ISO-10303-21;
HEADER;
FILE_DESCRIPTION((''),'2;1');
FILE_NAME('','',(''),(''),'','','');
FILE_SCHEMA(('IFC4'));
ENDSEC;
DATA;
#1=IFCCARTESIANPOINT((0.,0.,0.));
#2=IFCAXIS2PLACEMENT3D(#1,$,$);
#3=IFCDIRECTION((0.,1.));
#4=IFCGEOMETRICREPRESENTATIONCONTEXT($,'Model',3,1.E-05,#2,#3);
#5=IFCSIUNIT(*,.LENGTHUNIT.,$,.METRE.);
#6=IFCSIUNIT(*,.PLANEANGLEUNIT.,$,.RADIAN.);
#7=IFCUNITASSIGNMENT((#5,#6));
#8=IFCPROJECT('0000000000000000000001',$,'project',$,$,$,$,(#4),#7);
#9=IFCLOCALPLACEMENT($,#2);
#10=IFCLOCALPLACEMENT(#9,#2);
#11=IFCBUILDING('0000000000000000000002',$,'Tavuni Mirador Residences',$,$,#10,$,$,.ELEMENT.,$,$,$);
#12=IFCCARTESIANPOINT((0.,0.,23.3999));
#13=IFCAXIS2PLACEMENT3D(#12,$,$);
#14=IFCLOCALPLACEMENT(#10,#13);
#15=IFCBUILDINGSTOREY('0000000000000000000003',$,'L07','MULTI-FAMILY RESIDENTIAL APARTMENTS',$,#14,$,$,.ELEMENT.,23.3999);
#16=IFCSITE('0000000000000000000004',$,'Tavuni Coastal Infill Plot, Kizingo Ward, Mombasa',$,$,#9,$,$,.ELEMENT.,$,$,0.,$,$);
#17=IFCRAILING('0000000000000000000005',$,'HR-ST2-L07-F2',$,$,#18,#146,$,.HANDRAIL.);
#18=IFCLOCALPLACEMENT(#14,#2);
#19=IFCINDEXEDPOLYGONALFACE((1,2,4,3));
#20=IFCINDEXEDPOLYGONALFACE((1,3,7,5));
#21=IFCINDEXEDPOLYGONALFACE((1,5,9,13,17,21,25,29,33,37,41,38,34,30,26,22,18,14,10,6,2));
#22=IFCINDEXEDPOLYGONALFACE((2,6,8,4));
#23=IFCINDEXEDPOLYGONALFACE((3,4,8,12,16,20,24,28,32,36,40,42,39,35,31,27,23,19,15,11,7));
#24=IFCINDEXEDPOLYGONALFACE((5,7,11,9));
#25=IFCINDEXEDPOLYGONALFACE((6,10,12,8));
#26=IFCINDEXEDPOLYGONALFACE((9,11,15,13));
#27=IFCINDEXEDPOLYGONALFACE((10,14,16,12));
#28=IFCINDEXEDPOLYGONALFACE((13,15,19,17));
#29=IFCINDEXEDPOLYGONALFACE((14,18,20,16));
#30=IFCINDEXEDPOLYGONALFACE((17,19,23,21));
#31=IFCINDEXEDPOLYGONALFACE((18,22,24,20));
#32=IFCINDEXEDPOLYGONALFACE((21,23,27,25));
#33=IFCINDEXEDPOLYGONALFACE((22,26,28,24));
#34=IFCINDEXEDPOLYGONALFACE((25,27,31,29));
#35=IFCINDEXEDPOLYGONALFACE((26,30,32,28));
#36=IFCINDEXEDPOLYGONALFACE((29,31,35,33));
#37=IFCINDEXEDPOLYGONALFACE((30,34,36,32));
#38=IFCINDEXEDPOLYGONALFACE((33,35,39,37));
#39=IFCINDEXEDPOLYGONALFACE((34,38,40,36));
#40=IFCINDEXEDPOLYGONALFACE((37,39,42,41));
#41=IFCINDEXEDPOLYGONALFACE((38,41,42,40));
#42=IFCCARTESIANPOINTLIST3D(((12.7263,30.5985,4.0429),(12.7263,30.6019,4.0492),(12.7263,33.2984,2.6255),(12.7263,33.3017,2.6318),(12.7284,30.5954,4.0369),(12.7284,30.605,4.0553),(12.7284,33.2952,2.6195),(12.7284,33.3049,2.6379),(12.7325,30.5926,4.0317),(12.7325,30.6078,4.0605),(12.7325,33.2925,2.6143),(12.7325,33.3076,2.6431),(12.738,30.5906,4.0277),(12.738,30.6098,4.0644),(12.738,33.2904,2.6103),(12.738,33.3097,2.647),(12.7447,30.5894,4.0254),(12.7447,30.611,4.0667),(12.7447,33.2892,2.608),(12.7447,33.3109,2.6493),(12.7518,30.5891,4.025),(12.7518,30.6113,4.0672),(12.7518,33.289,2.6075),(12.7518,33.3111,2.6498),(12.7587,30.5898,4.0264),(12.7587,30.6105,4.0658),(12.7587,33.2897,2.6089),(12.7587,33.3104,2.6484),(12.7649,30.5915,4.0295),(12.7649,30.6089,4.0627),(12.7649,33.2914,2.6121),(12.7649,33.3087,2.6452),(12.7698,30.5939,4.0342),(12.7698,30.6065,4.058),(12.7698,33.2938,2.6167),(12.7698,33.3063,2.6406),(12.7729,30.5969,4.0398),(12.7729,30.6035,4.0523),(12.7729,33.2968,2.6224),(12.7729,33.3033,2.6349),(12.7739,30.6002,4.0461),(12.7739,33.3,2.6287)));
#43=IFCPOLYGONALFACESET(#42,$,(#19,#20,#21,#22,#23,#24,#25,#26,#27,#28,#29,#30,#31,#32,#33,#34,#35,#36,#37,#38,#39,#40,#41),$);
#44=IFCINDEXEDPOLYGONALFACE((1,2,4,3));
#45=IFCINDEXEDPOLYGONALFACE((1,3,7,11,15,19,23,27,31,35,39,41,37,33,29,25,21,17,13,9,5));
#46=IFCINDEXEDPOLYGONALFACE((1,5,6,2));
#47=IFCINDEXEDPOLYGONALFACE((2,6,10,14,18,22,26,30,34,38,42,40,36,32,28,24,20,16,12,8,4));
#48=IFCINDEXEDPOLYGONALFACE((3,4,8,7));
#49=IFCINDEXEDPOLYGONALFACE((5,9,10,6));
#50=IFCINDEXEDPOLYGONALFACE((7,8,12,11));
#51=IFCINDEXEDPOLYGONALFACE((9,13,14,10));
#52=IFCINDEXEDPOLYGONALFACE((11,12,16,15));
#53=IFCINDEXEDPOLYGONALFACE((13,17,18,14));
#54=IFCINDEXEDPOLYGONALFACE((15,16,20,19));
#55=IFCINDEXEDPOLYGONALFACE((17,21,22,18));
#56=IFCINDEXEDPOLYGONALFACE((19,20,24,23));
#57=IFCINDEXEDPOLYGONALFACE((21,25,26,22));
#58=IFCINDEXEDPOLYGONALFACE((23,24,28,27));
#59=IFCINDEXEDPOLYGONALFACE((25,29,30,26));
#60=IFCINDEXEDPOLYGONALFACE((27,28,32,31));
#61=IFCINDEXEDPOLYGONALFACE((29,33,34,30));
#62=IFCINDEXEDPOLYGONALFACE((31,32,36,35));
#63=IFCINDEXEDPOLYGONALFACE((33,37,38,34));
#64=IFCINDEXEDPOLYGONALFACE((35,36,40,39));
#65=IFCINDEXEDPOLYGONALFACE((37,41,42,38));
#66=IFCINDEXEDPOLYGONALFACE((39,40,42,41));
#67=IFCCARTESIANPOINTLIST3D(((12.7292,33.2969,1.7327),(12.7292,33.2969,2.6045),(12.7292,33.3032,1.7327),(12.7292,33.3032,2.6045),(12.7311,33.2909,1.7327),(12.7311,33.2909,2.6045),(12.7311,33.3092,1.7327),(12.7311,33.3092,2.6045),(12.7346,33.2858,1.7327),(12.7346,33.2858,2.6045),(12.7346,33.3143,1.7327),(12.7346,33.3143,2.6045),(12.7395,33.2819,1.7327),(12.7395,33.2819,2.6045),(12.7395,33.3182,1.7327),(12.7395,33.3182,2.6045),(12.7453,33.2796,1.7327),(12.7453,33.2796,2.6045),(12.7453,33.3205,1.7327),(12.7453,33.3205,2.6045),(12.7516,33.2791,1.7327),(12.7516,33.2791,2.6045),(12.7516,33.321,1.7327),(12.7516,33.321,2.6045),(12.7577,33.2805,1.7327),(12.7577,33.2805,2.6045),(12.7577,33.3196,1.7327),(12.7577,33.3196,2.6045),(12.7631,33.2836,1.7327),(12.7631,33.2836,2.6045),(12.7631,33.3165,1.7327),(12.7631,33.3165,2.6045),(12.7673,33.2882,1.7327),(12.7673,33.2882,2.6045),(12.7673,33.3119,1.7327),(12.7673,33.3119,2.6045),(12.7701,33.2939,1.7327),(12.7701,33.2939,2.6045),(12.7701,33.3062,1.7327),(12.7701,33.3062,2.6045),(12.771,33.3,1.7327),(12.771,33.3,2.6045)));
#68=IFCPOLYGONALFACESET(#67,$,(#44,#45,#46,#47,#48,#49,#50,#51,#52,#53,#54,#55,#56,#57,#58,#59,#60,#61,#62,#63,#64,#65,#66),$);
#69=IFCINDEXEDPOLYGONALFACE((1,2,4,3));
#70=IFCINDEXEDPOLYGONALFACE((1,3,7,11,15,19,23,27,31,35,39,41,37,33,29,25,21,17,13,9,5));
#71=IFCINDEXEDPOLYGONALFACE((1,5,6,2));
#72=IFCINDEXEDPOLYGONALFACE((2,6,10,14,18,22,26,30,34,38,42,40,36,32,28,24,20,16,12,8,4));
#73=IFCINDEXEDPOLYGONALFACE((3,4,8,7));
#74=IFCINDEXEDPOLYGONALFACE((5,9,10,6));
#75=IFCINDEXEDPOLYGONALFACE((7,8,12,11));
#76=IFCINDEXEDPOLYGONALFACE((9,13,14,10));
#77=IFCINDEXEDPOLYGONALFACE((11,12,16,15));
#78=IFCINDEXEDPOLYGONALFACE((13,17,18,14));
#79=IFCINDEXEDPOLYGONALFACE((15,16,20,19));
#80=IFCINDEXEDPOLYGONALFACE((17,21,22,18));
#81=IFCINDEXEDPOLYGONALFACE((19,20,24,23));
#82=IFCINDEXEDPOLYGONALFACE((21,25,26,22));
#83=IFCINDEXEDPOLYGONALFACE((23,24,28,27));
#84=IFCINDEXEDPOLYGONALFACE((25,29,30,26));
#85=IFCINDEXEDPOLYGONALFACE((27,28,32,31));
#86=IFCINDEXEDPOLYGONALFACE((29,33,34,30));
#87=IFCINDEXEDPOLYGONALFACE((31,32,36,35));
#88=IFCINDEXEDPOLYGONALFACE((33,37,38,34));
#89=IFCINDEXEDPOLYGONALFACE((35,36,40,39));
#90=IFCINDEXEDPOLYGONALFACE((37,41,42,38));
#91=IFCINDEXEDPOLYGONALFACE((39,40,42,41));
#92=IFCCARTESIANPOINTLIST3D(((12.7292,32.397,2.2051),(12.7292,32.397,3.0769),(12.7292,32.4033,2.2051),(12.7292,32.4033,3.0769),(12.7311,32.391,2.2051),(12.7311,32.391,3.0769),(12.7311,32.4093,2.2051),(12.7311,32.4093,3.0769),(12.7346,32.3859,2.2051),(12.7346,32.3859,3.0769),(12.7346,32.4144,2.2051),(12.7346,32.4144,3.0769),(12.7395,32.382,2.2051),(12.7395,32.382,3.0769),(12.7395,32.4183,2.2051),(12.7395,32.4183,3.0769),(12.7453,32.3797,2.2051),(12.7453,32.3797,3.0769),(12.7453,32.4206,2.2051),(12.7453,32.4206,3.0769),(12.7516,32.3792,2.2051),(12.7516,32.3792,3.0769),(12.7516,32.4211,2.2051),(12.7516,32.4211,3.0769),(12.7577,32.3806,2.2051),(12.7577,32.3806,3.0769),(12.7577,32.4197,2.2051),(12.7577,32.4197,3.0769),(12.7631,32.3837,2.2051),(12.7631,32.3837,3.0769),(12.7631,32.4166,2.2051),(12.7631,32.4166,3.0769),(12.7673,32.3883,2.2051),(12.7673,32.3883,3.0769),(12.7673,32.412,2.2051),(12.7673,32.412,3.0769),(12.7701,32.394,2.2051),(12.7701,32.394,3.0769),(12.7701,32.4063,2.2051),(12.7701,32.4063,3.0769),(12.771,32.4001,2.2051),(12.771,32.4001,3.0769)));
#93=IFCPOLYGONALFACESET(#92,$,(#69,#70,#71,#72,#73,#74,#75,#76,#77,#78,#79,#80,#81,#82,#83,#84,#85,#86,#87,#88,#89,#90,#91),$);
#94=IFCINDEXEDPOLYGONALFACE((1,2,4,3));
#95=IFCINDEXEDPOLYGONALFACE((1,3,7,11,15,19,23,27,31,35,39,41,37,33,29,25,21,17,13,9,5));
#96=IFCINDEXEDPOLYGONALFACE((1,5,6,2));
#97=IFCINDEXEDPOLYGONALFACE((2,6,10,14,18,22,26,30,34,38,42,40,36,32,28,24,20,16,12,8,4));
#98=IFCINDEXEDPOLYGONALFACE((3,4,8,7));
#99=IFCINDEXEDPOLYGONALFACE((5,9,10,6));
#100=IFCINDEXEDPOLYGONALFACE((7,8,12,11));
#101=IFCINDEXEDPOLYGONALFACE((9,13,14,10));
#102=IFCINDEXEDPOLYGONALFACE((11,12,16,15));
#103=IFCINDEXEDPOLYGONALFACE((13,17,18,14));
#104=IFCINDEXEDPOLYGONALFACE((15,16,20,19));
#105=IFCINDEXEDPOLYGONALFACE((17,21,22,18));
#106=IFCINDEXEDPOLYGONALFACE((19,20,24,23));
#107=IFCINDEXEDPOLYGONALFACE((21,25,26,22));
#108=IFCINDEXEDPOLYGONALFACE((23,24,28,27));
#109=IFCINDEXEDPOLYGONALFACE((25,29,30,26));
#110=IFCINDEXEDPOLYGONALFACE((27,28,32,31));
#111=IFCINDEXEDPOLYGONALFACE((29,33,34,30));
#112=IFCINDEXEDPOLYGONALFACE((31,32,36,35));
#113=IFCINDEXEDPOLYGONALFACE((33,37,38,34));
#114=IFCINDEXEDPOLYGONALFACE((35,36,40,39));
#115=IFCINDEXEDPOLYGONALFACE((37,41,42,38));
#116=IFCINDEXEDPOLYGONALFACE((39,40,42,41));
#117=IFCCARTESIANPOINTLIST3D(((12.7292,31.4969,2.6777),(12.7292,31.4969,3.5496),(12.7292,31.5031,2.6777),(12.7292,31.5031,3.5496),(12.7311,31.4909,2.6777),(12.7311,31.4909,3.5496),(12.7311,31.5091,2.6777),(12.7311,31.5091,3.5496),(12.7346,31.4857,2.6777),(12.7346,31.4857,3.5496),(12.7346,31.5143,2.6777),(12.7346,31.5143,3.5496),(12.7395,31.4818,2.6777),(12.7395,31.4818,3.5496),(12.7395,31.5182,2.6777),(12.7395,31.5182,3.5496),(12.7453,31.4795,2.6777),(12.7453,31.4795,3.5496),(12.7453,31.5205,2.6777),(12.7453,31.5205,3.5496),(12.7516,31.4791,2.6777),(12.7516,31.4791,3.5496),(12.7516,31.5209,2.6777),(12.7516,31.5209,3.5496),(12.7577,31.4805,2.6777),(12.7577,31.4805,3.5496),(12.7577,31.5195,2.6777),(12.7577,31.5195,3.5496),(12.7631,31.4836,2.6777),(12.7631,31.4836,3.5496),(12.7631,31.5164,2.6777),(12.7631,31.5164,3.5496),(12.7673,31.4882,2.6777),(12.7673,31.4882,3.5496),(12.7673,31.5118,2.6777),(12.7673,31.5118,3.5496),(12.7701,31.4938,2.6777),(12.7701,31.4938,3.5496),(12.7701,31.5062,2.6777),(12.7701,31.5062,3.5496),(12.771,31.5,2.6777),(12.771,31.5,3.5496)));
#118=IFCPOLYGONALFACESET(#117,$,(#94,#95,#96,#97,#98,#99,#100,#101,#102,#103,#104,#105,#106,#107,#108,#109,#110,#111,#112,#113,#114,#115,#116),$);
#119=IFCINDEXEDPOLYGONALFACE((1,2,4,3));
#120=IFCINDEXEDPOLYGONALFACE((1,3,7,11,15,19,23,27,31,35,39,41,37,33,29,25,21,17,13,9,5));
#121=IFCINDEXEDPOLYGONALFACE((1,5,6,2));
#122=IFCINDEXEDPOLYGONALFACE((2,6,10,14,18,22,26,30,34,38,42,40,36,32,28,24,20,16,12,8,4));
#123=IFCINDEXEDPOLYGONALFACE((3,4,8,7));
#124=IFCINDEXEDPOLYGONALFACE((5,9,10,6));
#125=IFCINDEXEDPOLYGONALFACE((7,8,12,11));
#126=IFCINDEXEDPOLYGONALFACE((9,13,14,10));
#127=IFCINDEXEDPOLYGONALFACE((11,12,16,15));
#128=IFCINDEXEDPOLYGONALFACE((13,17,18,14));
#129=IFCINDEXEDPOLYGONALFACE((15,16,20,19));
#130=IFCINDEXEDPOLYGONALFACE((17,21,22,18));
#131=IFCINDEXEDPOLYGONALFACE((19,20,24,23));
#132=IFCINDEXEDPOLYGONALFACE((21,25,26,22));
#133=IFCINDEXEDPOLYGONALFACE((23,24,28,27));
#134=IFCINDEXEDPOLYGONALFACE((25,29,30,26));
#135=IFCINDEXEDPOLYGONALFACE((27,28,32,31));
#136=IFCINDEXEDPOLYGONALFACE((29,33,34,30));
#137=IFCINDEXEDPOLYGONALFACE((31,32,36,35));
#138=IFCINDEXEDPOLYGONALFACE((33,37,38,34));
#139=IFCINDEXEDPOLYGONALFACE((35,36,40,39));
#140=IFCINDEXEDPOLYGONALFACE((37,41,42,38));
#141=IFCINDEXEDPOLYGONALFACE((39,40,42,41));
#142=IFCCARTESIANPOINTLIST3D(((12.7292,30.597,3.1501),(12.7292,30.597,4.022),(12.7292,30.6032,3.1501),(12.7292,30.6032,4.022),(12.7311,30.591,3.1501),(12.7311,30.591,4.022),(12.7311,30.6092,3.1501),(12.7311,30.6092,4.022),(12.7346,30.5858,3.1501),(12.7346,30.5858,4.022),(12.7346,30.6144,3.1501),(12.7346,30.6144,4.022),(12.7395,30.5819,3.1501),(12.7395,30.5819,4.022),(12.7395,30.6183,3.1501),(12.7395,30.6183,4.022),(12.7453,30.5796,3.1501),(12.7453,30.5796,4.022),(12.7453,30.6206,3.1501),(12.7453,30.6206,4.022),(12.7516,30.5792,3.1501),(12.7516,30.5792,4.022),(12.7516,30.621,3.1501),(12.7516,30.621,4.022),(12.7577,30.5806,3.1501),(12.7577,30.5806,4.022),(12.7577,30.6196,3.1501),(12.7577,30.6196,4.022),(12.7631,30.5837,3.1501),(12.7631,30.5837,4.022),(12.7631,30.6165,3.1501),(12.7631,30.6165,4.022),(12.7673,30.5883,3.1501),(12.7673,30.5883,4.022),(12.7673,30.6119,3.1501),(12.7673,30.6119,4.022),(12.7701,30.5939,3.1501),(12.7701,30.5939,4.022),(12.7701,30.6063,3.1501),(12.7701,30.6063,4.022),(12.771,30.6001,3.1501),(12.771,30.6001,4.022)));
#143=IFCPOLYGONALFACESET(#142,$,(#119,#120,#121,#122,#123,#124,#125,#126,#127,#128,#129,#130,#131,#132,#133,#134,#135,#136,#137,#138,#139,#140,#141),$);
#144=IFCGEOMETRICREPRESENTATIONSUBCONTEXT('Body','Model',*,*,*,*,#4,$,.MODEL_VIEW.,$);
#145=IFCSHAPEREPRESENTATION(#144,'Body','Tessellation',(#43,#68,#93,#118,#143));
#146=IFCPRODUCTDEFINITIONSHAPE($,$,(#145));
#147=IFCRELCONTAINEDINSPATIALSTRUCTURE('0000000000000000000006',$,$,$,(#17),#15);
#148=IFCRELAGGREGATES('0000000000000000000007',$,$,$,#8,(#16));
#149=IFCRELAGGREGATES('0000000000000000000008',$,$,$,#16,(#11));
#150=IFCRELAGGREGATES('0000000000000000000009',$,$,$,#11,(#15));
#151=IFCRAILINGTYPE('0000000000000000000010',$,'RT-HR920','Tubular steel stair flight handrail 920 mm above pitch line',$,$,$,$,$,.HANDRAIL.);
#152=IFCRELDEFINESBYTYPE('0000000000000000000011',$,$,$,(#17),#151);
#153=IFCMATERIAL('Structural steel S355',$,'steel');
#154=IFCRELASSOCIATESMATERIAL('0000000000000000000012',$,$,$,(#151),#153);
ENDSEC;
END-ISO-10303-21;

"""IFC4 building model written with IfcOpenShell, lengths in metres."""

from ifc_helpers import new_model, si_unit, direction, frame, origin, origin_2d, place, context, subcontext, project, spatial, circle, extrude, material, type_object, element, save


model = new_model("IFC4")

# Units and contexts
model_context = context("Model", 3, precision=1e-05, world=origin(), true_north=direction((0.0, 1.0)))
body_context = subcontext(model_context, "Body", "Model", "MODEL_VIEW")
ifc_project = project(units=[si_unit("LENGTHUNIT", "METRE"), si_unit("PLANEANGLEUNIT", "RADIAN")], contexts=[model_context])

# Site, building, storey
site_placement = place(None, origin())
site = spatial("IfcSite", under=ifc_project, at=site_placement, Name="Tavuni Coastal Infill Plot, Kizingo Ward, Mombasa", CompositionType="ELEMENT", RefElevation=0.0)
building_placement = place(site_placement, origin())
building = spatial("IfcBuilding", under=site, at=building_placement, Name="Tavuni Mirador Residences", CompositionType="ELEMENT")
storey_placement = place(building_placement, frame((0.0, 0.0, 23.3999)))
storey = spatial("IfcBuildingStorey", under=building, at=storey_placement, Name="L07", Description="MULTI-FAMILY RESIDENTIAL APARTMENTS", CompositionType="ELEMENT", Elevation=23.3999)

# Shared definitions
ifc_material_1 = material(Name="Structural steel S355", Category="steel")

# Railing
railing_type_1 = type_object("IfcRailingType", Name="RT-HR920", Description="Tubular steel stair flight handrail 920 mm above pitch line", PredefinedType="HANDRAIL", material=ifc_material_1)
railing_1_placement = place(storey_placement, frame((12.75, 33.3, 1.7327)))
element("IfcRailing", 1, at=railing_1_placement, inside=storey, type_object=railing_type_1, Name="HR-ST2-L07-F2", PredefinedType="HANDRAIL", context=body_context, shape_type="SweptSolid", body=[
    extrude(circle(Radius=0.0239, at=origin_2d()), frame((0.0, 0.0, 0.896), z_axis=(0.0, -0.885397, 0.464835), x_axis=(1.0, 0.0, 0.0)), (0.0, 0.0, 1.0), 3.0493),
    extrude(circle(Radius=0.021, at=origin_2d()), origin(), (0.0, 0.0, 1.0), 0.8718),
    extrude(circle(Radius=0.021, at=origin_2d()), frame((0.0, -0.8999, 0.4724)), (0.0, 0.0, 1.0), 0.8718),
    extrude(circle(Radius=0.021, at=origin_2d()), frame((0.0, -1.8, 0.9451)), (0.0, 0.0, 1.0), 0.8718),
    extrude(circle(Radius=0.021, at=origin_2d()), frame((0.0, -2.7, 1.4175)), (0.0, 0.0, 1.0), 0.8718),
])

save(model, "model.ifc")
